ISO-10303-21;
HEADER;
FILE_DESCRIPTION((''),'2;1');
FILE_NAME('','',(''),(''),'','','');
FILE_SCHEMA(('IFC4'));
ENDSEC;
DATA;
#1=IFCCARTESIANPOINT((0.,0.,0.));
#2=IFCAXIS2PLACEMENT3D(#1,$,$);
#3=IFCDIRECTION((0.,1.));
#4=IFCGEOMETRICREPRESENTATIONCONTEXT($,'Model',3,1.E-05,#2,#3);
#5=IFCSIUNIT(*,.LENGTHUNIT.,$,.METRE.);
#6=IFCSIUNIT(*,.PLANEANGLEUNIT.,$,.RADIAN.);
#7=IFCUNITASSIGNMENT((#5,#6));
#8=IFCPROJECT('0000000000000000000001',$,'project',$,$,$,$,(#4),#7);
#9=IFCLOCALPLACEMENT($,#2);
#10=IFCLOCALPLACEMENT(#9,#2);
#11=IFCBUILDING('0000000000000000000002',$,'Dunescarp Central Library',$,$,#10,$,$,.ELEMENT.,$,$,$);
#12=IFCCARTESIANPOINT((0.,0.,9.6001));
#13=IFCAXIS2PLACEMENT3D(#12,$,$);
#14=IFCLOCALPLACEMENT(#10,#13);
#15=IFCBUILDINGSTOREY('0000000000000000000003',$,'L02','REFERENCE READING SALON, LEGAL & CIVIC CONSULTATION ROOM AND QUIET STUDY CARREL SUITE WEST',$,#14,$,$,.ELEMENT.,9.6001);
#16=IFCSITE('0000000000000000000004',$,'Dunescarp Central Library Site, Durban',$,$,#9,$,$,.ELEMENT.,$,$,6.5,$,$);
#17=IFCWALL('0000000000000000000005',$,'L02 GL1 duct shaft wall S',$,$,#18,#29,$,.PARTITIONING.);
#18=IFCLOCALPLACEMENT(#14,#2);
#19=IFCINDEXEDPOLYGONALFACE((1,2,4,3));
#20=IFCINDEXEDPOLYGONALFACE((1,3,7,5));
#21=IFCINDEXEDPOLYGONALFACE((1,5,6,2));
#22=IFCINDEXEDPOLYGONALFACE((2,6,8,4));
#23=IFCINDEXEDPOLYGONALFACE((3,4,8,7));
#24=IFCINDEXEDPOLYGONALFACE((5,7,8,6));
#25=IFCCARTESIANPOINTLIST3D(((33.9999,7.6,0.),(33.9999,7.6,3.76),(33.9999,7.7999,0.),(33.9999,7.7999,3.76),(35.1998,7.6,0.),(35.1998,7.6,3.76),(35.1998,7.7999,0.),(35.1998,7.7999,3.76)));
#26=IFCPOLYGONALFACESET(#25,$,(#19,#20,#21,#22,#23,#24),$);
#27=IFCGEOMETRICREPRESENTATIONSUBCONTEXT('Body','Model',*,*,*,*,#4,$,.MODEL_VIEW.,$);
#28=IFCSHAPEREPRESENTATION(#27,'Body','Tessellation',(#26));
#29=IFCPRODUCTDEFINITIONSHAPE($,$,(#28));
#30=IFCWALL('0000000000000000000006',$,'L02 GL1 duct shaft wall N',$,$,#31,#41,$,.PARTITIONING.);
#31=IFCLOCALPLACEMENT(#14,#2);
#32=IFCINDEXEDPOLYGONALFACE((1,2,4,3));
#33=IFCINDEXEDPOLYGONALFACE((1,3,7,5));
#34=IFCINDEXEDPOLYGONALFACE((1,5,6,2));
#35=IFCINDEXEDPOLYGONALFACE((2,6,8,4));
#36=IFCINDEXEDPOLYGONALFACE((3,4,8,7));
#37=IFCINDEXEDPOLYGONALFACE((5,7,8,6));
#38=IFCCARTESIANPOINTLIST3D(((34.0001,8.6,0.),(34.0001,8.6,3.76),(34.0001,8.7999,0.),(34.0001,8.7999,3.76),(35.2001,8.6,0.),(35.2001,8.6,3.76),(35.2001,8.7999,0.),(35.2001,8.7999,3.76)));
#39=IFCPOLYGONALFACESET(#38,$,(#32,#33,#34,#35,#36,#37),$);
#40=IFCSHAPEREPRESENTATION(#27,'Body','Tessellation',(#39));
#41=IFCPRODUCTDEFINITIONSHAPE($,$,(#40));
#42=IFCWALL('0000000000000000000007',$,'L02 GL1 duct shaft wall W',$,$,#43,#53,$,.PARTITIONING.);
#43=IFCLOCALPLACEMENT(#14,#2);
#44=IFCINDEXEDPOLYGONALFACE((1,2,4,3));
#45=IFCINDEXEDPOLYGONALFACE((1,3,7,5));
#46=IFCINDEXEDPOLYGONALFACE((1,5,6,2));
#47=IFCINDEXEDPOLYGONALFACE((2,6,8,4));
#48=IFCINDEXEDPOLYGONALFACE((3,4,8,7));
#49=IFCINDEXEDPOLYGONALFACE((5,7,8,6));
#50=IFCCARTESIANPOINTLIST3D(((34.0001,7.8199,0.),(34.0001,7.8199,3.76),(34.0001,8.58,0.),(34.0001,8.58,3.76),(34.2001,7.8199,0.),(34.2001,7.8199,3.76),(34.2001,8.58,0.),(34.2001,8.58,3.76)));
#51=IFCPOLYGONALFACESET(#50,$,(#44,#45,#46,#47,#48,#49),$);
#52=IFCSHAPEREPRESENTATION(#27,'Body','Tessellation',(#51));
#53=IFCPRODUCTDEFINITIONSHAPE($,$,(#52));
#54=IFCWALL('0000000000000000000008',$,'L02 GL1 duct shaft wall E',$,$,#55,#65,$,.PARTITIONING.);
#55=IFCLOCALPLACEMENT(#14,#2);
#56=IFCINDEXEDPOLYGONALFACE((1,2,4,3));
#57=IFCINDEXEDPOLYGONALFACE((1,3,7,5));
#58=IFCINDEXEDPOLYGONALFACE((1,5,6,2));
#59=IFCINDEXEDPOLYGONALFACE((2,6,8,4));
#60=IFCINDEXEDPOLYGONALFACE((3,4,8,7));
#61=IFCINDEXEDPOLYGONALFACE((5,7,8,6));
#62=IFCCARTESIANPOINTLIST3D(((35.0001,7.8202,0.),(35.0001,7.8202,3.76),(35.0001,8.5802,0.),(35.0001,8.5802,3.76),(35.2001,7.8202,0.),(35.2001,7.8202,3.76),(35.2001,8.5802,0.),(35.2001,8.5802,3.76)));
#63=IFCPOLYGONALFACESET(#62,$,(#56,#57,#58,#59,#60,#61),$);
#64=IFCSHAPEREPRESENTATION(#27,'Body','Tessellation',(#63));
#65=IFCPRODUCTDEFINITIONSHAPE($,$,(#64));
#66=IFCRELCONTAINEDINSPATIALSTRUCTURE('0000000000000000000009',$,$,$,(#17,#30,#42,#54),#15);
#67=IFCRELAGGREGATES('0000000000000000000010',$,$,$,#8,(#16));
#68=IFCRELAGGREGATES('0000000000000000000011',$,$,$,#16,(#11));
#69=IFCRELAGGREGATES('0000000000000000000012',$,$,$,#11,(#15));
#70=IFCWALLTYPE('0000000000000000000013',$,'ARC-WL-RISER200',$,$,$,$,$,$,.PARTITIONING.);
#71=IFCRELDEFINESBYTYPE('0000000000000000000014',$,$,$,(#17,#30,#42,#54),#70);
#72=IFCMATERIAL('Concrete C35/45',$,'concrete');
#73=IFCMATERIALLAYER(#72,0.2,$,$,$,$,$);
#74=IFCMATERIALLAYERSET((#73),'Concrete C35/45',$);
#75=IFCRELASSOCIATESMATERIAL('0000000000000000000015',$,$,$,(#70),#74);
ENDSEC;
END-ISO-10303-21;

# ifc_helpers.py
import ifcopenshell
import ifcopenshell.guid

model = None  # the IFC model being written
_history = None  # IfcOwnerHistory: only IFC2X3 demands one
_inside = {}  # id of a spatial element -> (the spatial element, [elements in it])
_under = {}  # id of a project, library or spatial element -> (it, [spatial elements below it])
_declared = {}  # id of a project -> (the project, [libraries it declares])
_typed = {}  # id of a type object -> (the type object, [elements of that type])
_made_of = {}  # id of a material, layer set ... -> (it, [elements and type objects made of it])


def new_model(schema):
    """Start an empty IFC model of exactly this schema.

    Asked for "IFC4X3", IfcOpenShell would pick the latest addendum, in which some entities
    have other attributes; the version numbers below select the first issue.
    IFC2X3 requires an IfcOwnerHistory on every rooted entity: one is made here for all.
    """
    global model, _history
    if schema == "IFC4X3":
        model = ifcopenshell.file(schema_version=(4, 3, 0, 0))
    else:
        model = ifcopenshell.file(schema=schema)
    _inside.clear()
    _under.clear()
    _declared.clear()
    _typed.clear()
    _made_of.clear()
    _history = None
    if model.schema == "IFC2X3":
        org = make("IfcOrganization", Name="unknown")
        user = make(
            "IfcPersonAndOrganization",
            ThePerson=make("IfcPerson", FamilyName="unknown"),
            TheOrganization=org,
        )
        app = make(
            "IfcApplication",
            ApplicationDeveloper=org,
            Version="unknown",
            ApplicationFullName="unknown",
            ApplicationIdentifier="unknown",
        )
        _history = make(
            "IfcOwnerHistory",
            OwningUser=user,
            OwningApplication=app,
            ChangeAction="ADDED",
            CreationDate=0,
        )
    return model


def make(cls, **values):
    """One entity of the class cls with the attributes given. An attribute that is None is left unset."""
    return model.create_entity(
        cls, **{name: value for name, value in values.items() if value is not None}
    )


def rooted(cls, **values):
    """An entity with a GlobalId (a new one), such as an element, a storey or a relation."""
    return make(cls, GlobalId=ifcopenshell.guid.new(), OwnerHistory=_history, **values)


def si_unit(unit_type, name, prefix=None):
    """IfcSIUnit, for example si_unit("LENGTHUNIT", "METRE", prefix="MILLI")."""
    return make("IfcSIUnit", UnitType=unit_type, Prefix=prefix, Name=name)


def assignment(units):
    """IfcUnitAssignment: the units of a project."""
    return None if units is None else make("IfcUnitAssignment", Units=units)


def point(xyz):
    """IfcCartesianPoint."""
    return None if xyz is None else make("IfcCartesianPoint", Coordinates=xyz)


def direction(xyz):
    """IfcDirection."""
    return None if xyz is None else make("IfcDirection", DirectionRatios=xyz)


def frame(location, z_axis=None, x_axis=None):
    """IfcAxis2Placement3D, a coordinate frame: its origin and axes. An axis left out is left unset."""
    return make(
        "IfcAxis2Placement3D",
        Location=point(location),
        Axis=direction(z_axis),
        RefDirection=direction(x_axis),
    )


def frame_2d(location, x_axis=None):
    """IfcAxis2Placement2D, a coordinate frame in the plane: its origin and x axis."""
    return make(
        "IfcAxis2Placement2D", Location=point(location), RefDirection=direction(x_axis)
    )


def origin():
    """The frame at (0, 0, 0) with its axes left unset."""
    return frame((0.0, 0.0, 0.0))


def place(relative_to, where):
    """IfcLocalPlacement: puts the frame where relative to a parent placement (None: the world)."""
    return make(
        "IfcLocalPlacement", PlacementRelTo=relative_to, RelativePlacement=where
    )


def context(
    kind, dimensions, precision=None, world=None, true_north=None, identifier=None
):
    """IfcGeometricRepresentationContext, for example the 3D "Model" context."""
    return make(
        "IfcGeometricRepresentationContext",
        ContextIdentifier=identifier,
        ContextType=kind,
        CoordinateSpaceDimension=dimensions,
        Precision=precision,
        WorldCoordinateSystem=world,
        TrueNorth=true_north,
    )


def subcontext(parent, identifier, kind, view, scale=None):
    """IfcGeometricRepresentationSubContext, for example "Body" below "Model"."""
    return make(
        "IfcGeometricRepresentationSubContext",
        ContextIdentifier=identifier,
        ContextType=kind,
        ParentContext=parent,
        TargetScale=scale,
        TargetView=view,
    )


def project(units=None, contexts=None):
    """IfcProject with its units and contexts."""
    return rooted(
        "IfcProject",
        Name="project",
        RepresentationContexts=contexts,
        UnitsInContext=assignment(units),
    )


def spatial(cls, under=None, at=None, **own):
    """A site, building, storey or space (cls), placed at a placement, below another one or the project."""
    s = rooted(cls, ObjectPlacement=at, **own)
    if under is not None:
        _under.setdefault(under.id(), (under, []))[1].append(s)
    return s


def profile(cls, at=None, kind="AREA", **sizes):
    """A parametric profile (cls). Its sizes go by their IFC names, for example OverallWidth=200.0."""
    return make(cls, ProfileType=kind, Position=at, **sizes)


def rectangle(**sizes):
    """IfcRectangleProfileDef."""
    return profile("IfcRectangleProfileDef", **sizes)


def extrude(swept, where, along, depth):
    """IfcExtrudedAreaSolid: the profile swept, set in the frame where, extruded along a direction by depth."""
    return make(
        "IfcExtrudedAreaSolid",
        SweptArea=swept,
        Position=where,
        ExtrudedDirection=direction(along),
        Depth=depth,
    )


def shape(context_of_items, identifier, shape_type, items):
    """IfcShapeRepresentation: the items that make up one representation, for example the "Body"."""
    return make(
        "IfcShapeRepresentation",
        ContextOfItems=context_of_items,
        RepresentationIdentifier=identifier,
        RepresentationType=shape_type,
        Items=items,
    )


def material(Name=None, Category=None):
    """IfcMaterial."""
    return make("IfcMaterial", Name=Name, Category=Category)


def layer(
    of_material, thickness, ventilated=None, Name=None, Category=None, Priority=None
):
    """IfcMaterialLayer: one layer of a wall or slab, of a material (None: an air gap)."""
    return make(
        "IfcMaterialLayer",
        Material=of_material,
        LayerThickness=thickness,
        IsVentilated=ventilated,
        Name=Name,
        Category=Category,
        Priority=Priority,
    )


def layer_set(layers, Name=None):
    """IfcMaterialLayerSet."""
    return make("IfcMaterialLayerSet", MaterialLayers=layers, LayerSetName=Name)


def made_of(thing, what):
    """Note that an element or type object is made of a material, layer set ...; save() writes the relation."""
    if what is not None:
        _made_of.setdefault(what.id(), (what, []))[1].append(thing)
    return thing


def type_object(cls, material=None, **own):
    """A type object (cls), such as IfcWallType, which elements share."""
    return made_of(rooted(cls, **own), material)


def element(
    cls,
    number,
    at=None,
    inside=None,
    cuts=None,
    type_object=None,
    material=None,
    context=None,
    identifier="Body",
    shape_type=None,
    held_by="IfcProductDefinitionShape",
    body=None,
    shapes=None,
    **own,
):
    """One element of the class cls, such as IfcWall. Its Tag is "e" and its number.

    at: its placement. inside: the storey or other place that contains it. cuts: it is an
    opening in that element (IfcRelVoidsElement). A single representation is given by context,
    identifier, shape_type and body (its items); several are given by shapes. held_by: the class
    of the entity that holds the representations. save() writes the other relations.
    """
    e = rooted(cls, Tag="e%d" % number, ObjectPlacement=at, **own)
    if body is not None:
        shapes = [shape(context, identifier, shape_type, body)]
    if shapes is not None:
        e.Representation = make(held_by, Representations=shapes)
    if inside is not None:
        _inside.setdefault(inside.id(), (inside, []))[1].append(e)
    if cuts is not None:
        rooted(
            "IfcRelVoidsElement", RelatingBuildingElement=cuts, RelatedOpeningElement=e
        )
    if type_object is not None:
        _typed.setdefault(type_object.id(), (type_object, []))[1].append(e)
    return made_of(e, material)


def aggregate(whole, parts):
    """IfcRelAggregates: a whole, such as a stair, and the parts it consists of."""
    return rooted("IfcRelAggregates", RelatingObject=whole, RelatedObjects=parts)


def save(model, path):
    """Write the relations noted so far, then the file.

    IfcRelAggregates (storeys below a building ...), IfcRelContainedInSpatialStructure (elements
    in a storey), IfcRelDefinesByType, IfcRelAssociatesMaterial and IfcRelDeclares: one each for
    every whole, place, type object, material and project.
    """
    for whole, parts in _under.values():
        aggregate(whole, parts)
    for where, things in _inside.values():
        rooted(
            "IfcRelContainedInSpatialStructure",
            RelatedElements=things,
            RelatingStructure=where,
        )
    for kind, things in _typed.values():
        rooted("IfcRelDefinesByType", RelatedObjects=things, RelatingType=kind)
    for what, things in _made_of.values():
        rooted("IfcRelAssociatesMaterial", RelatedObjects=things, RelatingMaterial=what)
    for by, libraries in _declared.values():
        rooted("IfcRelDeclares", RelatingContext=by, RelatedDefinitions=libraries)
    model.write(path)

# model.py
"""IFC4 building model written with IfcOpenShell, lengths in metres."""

from ifc_helpers import new_model, si_unit, direction, frame, frame_2d, origin, place, context, subcontext, project, spatial, rectangle, extrude, material, layer, layer_set, type_object, element, save


model = new_model("IFC4")

# Units and contexts
model_context = context("Model", 3, precision=1e-05, world=origin(), true_north=direction((0.0, 1.0)))
body_context = subcontext(model_context, "Body", "Model", "MODEL_VIEW")
ifc_project = project(units=[si_unit("LENGTHUNIT", "METRE"), si_unit("PLANEANGLEUNIT", "RADIAN")], contexts=[model_context])

# Site, building, storey
site_placement = place(None, origin())
site = spatial("IfcSite", under=ifc_project, at=site_placement, Name="Dunescarp Central Library Site, Durban", CompositionType="ELEMENT", RefElevation=6.5)
building_placement = place(site_placement, origin())
building = spatial("IfcBuilding", under=site, at=building_placement, Name="Dunescarp Central Library", CompositionType="ELEMENT")
storey_placement = place(building_placement, frame((0.0, 0.0, 9.6001)))
storey = spatial("IfcBuildingStorey", under=building, at=storey_placement, Name="L02", Description="REFERENCE READING SALON, LEGAL & CIVIC CONSULTATION ROOM AND QUIET STUDY CARREL SUITE WEST", CompositionType="ELEMENT", Elevation=9.6001)

# Walls
ifc_material_1 = material(Name="Concrete C35/45", Category="concrete")
ifc_layer_1 = layer(ifc_material_1, 0.2)
ifc_layer_set_1 = layer_set([ifc_layer_1], Name="Concrete C35/45")
wall_type_1 = type_object("IfcWallType", Name="ARC-WL-RISER200", PredefinedType="PARTITIONING", material=ifc_layer_set_1)
for number, where, z_axis, x_axis, name in (
    (1, (35.2, 7.7, 0.0), (0.0, 0.0, 1.0), (-1.0, 0.0, 0.0), "L02 GL1 duct shaft wall S"),
    (2, (34.0, 8.7, 0.0), (0.0, 0.0, 1.0), (1.0, 0.0, 0.0), "L02 GL1 duct shaft wall N"),
):
    element("IfcWall", number, at=place(storey_placement, frame(where, z_axis=z_axis, x_axis=x_axis)), inside=storey, type_object=wall_type_1, Name=name, PredefinedType="PARTITIONING", context=body_context, shape_type="SweptSolid", body=[
        extrude(rectangle(XDim=1.2, YDim=0.2, at=frame_2d((0.6001, 0.0))), origin(), (0.0, 0.0, 1.0), 3.76),
    ])
for number, where, z_axis, x_axis, name in (
    (3, (34.1001, 7.8201, 0.0), (0.0, 0.0, 1.0), (0.0, 1.0, 0.0), "L02 GL1 duct shaft wall W"),
    (4, (35.1001, 8.5801, 0.0), (0.0, 0.0, 1.0), (0.0, -1.0, 0.0), "L02 GL1 duct shaft wall E"),
):
    element("IfcWall", number, at=place(storey_placement, frame(where, z_axis=z_axis, x_axis=x_axis)), inside=storey, type_object=wall_type_1, Name=name, PredefinedType="PARTITIONING", context=body_context, shape_type="SweptSolid", body=[
        extrude(rectangle(XDim=0.76, YDim=0.2, at=frame_2d((0.3799, 0.0))), origin(), (0.0, 0.0, 1.0), 3.76),
    ])

save(model, "model.ifc")
